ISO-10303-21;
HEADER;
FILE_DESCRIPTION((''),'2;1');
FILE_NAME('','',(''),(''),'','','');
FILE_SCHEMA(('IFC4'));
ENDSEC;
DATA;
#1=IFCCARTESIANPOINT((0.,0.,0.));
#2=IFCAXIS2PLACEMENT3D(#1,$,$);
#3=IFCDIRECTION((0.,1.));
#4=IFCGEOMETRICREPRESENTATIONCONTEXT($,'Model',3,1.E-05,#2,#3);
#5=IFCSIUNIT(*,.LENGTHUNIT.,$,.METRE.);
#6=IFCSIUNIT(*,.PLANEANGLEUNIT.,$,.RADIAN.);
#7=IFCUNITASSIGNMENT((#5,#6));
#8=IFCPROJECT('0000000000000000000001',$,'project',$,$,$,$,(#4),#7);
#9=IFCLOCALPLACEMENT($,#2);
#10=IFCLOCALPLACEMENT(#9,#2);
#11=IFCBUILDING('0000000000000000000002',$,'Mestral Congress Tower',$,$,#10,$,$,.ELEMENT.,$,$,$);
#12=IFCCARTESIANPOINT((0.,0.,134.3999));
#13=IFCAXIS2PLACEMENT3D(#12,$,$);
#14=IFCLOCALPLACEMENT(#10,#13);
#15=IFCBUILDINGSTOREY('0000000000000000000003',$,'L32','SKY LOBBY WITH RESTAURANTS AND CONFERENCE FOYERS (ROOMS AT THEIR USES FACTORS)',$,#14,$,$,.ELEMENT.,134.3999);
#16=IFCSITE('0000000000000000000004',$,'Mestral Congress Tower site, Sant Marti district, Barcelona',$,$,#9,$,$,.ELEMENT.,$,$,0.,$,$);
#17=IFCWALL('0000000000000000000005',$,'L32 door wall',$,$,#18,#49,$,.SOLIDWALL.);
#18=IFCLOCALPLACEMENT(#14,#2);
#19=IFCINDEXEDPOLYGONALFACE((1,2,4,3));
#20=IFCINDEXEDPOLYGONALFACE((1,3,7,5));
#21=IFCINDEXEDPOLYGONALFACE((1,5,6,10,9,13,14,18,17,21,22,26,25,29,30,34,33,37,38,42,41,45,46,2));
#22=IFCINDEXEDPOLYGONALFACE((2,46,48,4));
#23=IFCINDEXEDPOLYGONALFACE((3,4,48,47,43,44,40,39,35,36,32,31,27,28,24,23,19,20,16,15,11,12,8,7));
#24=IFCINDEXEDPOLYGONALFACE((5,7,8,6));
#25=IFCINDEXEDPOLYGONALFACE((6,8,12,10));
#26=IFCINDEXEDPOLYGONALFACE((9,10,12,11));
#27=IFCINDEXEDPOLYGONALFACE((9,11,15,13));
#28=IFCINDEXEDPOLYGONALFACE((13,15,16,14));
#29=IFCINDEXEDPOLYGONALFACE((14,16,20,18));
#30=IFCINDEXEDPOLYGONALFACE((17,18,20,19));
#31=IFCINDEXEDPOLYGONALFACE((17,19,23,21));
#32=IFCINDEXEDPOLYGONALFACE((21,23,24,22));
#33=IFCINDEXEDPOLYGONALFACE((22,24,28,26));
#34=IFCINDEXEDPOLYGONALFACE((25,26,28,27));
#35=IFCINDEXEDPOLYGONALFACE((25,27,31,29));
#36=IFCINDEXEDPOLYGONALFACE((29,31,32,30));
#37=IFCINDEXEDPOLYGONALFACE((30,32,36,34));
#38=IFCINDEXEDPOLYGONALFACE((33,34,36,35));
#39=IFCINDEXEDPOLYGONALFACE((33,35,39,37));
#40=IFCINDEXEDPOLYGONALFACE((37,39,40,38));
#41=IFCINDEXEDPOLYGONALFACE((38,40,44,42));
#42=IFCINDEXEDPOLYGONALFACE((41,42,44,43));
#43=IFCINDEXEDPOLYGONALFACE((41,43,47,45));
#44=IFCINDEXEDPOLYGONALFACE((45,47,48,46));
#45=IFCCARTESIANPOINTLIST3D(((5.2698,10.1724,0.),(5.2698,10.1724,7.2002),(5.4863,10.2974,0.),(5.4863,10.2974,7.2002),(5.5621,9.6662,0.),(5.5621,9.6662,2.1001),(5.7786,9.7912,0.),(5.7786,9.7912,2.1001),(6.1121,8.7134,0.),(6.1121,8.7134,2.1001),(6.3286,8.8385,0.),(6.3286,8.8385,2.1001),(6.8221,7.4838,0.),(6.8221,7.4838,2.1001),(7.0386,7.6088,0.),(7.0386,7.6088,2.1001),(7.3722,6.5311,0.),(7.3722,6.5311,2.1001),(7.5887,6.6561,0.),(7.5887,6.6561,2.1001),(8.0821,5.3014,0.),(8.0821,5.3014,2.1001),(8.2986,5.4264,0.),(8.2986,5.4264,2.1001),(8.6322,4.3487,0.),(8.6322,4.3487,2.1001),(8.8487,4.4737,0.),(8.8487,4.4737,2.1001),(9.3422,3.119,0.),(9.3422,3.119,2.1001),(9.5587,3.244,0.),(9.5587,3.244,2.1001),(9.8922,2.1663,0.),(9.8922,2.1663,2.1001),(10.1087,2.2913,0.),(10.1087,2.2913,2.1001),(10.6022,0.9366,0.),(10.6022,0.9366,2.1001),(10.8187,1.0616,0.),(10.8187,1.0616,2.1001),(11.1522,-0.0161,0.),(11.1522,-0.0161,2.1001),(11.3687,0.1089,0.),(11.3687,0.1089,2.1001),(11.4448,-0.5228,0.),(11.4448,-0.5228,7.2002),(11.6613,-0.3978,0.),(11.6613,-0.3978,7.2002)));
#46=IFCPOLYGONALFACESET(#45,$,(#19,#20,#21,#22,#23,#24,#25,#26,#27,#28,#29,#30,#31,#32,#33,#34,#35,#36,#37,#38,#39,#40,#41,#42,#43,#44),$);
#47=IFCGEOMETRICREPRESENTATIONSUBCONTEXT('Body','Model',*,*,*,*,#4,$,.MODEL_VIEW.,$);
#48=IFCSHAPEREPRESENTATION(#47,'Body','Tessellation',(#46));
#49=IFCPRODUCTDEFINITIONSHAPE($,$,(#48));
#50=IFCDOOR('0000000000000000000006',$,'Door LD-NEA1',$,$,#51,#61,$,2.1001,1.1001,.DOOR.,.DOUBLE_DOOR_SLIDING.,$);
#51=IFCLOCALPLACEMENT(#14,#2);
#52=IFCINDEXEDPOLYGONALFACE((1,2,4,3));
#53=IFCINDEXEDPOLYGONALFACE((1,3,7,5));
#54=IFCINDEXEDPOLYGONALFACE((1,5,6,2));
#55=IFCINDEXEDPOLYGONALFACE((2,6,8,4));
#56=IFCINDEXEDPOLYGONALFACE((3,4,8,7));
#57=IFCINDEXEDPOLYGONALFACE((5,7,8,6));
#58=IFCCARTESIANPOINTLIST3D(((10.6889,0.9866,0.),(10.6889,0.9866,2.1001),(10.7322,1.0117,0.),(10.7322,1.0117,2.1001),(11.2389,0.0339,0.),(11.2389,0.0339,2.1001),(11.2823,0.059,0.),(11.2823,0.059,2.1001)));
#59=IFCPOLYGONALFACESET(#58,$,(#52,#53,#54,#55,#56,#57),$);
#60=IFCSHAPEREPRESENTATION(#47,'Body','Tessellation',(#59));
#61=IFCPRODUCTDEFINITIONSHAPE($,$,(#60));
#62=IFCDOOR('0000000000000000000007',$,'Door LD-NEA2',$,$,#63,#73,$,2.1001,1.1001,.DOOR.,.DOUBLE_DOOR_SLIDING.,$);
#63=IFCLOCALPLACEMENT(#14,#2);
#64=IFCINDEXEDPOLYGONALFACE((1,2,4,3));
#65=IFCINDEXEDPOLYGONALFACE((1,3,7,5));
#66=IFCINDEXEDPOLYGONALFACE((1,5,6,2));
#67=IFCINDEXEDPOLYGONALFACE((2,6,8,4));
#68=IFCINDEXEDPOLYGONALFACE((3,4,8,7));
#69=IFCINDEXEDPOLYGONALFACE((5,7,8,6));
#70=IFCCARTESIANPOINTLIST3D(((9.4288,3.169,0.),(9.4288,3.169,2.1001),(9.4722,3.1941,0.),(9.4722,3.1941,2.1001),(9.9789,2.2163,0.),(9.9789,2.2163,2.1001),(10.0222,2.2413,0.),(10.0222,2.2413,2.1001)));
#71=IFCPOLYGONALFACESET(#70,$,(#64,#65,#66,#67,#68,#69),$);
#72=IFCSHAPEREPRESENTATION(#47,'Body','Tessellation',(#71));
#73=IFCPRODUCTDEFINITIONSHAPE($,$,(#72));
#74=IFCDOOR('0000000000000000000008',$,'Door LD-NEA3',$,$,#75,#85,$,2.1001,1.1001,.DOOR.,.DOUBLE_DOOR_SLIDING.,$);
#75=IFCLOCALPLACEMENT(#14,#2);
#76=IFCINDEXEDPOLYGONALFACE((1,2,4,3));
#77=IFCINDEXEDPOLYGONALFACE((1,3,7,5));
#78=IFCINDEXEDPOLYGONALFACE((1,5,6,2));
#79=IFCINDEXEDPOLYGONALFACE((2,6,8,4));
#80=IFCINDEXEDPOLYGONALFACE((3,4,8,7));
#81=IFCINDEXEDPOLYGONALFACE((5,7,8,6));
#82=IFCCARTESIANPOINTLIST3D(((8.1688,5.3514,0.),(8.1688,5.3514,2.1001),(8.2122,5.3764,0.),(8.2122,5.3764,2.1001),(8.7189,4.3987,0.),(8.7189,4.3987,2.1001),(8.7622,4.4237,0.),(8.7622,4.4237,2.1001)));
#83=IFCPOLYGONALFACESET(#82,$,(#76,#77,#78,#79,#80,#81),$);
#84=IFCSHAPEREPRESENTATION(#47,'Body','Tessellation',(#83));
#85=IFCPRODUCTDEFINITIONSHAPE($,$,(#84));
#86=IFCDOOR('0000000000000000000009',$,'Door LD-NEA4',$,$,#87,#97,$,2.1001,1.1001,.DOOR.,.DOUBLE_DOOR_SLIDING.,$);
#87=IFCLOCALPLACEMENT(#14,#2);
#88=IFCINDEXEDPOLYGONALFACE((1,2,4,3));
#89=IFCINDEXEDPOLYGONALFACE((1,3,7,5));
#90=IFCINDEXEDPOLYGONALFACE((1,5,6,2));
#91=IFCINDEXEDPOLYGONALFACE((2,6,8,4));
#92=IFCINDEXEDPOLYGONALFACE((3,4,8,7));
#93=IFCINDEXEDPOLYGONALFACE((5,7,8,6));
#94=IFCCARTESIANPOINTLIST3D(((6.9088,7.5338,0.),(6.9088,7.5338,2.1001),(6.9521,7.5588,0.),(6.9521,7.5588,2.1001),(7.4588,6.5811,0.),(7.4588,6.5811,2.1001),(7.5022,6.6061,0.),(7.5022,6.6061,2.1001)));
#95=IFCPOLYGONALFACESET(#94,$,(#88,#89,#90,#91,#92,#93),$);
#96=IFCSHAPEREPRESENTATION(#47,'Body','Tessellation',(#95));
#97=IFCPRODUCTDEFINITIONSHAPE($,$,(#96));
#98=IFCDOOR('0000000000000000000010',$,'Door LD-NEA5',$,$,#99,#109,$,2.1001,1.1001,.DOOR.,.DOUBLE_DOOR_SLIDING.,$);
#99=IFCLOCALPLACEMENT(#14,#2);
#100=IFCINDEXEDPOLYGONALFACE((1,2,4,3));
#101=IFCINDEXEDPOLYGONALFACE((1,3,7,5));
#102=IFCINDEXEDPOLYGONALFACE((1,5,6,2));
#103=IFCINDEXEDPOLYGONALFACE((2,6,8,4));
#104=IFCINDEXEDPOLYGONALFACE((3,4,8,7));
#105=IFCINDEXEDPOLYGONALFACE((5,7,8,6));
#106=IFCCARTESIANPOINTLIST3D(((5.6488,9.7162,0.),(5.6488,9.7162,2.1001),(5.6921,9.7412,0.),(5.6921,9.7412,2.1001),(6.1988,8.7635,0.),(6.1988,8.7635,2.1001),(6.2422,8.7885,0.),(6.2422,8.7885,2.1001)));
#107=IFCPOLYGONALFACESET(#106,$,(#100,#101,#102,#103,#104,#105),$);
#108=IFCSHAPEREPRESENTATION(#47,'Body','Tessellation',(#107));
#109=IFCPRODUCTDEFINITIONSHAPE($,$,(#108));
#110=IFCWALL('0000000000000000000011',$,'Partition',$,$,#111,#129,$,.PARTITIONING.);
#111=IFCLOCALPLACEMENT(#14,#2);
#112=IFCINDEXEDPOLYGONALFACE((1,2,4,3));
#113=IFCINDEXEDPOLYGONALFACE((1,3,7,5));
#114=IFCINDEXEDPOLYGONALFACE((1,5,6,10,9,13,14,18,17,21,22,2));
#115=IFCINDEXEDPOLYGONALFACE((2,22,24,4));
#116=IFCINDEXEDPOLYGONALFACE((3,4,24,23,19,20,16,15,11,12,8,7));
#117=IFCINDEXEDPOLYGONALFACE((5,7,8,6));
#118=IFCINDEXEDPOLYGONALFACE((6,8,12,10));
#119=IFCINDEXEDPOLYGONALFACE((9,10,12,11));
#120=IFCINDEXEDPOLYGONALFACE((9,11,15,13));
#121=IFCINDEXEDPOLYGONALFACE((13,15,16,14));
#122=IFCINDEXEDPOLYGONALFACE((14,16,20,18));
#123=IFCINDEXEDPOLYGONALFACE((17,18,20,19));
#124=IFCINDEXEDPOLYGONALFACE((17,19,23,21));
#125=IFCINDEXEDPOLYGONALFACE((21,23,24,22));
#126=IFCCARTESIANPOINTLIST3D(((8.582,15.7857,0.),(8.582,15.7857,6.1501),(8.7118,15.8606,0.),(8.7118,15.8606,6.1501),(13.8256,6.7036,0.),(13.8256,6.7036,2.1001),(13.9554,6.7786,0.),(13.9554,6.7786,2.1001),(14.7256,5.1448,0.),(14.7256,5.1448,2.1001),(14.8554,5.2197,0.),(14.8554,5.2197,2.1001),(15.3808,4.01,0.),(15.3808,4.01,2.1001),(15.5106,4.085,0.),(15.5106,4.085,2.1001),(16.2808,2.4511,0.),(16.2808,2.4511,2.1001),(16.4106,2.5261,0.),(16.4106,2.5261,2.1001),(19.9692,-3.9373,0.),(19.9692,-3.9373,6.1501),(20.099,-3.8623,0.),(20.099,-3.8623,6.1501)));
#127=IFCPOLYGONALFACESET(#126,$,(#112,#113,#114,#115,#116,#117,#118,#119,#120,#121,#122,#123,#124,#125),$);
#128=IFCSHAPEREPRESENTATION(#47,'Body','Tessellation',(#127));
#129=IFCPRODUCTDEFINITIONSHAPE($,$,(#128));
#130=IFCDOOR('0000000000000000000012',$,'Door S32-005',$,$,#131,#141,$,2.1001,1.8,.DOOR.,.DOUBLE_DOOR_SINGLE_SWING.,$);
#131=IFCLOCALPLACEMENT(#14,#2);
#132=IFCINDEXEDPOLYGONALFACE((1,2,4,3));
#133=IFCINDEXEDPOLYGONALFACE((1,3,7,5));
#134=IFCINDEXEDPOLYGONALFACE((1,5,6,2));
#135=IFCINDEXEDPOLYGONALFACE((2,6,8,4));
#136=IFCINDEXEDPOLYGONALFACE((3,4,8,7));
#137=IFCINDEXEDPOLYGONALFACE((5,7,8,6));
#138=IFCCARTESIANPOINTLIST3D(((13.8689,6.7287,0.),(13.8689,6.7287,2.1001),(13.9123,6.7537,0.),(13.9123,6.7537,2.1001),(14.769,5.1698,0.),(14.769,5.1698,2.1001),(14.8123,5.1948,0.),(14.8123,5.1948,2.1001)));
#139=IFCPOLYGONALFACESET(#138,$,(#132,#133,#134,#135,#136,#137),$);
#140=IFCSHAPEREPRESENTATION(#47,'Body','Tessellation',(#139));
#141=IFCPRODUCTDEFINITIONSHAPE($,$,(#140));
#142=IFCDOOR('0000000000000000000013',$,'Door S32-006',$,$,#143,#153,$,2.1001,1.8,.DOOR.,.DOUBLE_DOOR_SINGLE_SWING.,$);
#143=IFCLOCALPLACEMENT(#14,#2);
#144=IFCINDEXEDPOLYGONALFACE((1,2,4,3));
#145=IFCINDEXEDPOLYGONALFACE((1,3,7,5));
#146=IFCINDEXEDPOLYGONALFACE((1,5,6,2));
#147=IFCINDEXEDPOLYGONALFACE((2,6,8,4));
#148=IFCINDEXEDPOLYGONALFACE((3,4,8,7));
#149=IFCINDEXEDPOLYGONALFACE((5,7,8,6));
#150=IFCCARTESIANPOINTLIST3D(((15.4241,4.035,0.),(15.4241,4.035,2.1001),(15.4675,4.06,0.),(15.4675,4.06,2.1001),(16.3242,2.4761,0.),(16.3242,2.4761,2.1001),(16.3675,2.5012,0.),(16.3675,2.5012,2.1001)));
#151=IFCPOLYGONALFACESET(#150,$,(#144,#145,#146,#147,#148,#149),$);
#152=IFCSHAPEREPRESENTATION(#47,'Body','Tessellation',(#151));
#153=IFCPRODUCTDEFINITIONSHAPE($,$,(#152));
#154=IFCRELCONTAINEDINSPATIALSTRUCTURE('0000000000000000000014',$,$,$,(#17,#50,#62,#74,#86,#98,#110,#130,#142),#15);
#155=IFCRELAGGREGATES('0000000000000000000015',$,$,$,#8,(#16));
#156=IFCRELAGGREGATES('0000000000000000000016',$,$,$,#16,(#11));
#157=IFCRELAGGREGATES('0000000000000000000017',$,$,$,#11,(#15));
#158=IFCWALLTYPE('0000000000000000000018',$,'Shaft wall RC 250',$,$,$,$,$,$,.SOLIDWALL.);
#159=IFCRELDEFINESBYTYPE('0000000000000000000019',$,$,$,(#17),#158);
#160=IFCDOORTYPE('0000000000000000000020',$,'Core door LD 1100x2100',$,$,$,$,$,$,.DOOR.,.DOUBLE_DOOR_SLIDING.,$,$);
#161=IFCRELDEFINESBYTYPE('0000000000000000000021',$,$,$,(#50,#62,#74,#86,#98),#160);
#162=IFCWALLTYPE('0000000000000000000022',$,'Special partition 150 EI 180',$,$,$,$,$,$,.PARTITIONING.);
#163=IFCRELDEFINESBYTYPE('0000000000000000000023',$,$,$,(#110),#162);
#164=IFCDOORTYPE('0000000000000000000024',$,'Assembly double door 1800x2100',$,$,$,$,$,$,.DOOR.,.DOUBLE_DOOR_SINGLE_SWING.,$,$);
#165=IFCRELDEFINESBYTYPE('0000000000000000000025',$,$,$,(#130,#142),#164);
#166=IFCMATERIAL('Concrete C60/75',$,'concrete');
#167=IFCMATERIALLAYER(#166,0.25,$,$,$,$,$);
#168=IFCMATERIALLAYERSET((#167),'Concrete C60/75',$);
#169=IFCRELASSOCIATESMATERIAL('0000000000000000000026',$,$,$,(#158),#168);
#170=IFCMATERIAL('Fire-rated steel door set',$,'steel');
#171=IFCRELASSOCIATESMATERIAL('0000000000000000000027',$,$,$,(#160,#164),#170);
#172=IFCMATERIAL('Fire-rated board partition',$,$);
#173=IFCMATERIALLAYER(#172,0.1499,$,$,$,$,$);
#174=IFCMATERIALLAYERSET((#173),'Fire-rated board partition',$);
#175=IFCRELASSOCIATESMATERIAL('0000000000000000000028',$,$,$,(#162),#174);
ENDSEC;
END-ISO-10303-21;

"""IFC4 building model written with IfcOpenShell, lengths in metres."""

from ifc_helpers import new_model, si_unit, direction, frame, frame_2d, origin, place, context, subcontext, project, spatial, rectangle, extrude, material, layer, layer_set, type_object, element, fill, save


model = new_model("IFC4")

# Units and contexts
model_context = context("Model", 3, precision=1e-05, world=origin(), true_north=direction((0.0, 1.0)))
body_context = subcontext(model_context, "Body", "Model", "MODEL_VIEW")
ifc_project = project(units=[si_unit("LENGTHUNIT", "METRE"), si_unit("PLANEANGLEUNIT", "RADIAN")], contexts=[model_context])

# Site, building, storey
site_placement = place(None, origin())
site = spatial("IfcSite", under=ifc_project, at=site_placement, Name="Mestral Congress Tower site, Sant Marti district, Barcelona", CompositionType="ELEMENT", RefElevation=0.0)
building_placement = place(site_placement, origin())
building = spatial("IfcBuilding", under=site, at=building_placement, Name="Mestral Congress Tower", CompositionType="ELEMENT")
storey_placement = place(building_placement, frame((0.0, 0.0, 134.3999)))
storey = spatial("IfcBuildingStorey", under=building, at=storey_placement, Name="L32", Description="SKY LOBBY WITH RESTAURANTS AND CONFERENCE FOYERS (ROOMS AT THEIR USES FACTORS)", CompositionType="ELEMENT", Elevation=134.3999)

# Shared definitions
ifc_material_1 = material(Name="Fire-rated board partition")

# Shared definitions
ifc_material_2 = material(Name="Fire-rated steel door set", Category="steel")
ifc_material_3 = material(Name="Concrete C60/75", Category="concrete")

# Shared definitions
ifc_layer_1 = layer(ifc_material_3, 0.25)
ifc_layer_set_1 = layer_set([ifc_layer_1], Name="Concrete C60/75")
wall_type_1 = type_object("IfcWallType", Name="Shaft wall RC 250", PredefinedType="SOLIDWALL", material=ifc_layer_set_1)

# Walls, openings, doors
wall_1_placement = place(storey_placement, frame((11.553, -0.4602, 0.0), z_axis=(0.0, 0.0, 1.0), x_axis=(-0.500007, 0.866022, 0.0)))
wall_1 = element("IfcWall", 1, at=wall_1_placement, inside=storey, type_object=wall_type_1, Name="L32 door wall", PredefinedType="SOLIDWALL", context=body_context, shape_type="SweptSolid", body=[
    extrude(rectangle(XDim=12.3499, YDim=0.25, at=frame_2d((6.1748, 0.0))), origin(), (0.0, 0.0, 1.0), 7.2002),
])
opening_1_placement = place(wall_1_placement, frame((0.585, 0.0, 0.0)))
opening_1 = element("IfcOpeningElement", 2, at=opening_1_placement, cuts=wall_1, PredefinedType="OPENING", context=body_context, shape_type="SweptSolid", body=[
    extrude(rectangle(XDim=1.1001, YDim=2.1001, at=frame_2d((0.55, 1.05))), frame((0.0, 0.135, 0.0), z_axis=(0.0, -1.0, 0.0), x_axis=(1.0, 0.0, 0.0)), (0.0, 0.0, 1.0), 0.27),
])
opening_2_placement = place(wall_1_placement, frame((3.105, 0.0, 0.0)))
opening_2 = element("IfcOpeningElement", 3, at=opening_2_placement, cuts=wall_1, PredefinedType="OPENING", context=body_context, shape_type="SweptSolid", body=[
    extrude(rectangle(XDim=1.1001, YDim=2.1001, at=frame_2d((0.55, 1.05))), frame((0.0, 0.135, 0.0), z_axis=(0.0, -1.0, 0.0), x_axis=(1.0, 0.0, 0.0)), (0.0, 0.0, 1.0), 0.27),
])
opening_3_placement = place(wall_1_placement, frame((5.625, 0.0, 0.0)))
opening_3 = element("IfcOpeningElement", 4, at=opening_3_placement, cuts=wall_1, PredefinedType="OPENING", context=body_context, shape_type="SweptSolid", body=[
    extrude(rectangle(XDim=1.1001, YDim=2.1001, at=frame_2d((0.55, 1.05))), frame((0.0, 0.135, 0.0), z_axis=(0.0, -1.0, 0.0), x_axis=(1.0, 0.0, 0.0)), (0.0, 0.0, 1.0), 0.27),
])
opening_4_placement = place(wall_1_placement, frame((8.145, 0.0, 0.0)))
opening_4 = element("IfcOpeningElement", 5, at=opening_4_placement, cuts=wall_1, PredefinedType="OPENING", context=body_context, shape_type="SweptSolid", body=[
    extrude(rectangle(XDim=1.1001, YDim=2.1001, at=frame_2d((0.55, 1.05))), frame((0.0, 0.135, 0.0), z_axis=(0.0, -1.0, 0.0), x_axis=(1.0, 0.0, 0.0)), (0.0, 0.0, 1.0), 0.27),
])
opening_5_placement = place(wall_1_placement, frame((10.665, 0.0, 0.0)))
opening_5 = element("IfcOpeningElement", 6, at=opening_5_placement, cuts=wall_1, PredefinedType="OPENING", context=body_context, shape_type="SweptSolid", body=[
    extrude(rectangle(XDim=1.1001, YDim=2.1001, at=frame_2d((0.55, 1.05))), frame((0.0, 0.135, 0.0), z_axis=(0.0, -1.0, 0.0), x_axis=(1.0, 0.0, 0.0)), (0.0, 0.0, 1.0), 0.27),
])
door_type_1 = type_object("IfcDoorType", Name="Core door LD 1100x2100", OperationType="DOUBLE_DOOR_SLIDING", PredefinedType="DOOR", material=ifc_material_2)
door_1_placement = place(opening_1_placement, origin())
door_1 = element("IfcDoor", 7, at=door_1_placement, inside=storey, type_object=door_type_1, Name="Door LD-NEA1", OperationType="DOUBLE_DOOR_SLIDING", OverallHeight=2.1001, OverallWidth=1.1001, PredefinedType="DOOR", context=body_context, shape_type="SweptSolid", body=[
    extrude(rectangle(XDim=1.1001, YDim=2.1001, at=frame_2d((0.55, 1.05))), frame((0.0, 0.0249, 0.0), z_axis=(0.0, -1.0, 0.0), x_axis=(1.0, 0.0, 0.0)), (0.0, 0.0, 1.0), 0.05),
])
fill(opening_1, door_1)
door_2_placement = place(opening_2_placement, origin())
door_2 = element("IfcDoor", 8, at=door_2_placement, inside=storey, type_object=door_type_1, Name="Door LD-NEA2", OperationType="DOUBLE_DOOR_SLIDING", OverallHeight=2.1001, OverallWidth=1.1001, PredefinedType="DOOR", context=body_context, shape_type="SweptSolid", body=[
    extrude(rectangle(XDim=1.1001, YDim=2.1001, at=frame_2d((0.55, 1.05))), frame((0.0, 0.0249, 0.0), z_axis=(0.0, -1.0, 0.0), x_axis=(1.0, 0.0, 0.0)), (0.0, 0.0, 1.0), 0.05),
])
fill(opening_2, door_2)
door_3_placement = place(opening_3_placement, origin())
door_3 = element("IfcDoor", 9, at=door_3_placement, inside=storey, type_object=door_type_1, Name="Door LD-NEA3", OperationType="DOUBLE_DOOR_SLIDING", OverallHeight=2.1001, OverallWidth=1.1001, PredefinedType="DOOR", context=body_context, shape_type="SweptSolid", body=[
    extrude(rectangle(XDim=1.1001, YDim=2.1001, at=frame_2d((0.55, 1.05))), frame((0.0, 0.0249, 0.0), z_axis=(0.0, -1.0, 0.0), x_axis=(1.0, 0.0, 0.0)), (0.0, 0.0, 1.0), 0.05),
])
fill(opening_3, door_3)
door_4_placement = place(opening_4_placement, origin())
door_4 = element("IfcDoor", 10, at=door_4_placement, inside=storey, type_object=door_type_1, Name="Door LD-NEA4", OperationType="DOUBLE_DOOR_SLIDING", OverallHeight=2.1001, OverallWidth=1.1001, PredefinedType="DOOR", context=body_context, shape_type="SweptSolid", body=[
    extrude(rectangle(XDim=1.1001, YDim=2.1001, at=frame_2d((0.55, 1.05))), frame((0.0, 0.0249, 0.0), z_axis=(0.0, -1.0, 0.0), x_axis=(1.0, 0.0, 0.0)), (0.0, 0.0, 1.0), 0.05),
])
fill(opening_4, door_4)
door_5_placement = place(opening_5_placement, origin())
door_5 = element("IfcDoor", 11, at=door_5_placement, inside=storey, type_object=door_type_1, Name="Door LD-NEA5", OperationType="DOUBLE_DOOR_SLIDING", OverallHeight=2.1001, OverallWidth=1.1001, PredefinedType="DOOR", context=body_context, shape_type="SweptSolid", body=[
    extrude(rectangle(XDim=1.1001, YDim=2.1001, at=frame_2d((0.55, 1.05))), frame((0.0, 0.0249, 0.0), z_axis=(0.0, -1.0, 0.0), x_axis=(1.0, 0.0, 0.0)), (0.0, 0.0, 1.0), 0.05),
])
fill(opening_5, door_5)
ifc_layer_2 = layer(ifc_material_1, 0.1499)
ifc_layer_set_2 = layer_set([ifc_layer_2], Name="Fire-rated board partition")
wall_type_2 = type_object("IfcWallType", Name="Special partition 150 EI 180", PredefinedType="PARTITIONING", material=ifc_layer_set_2)
wall_2_placement = place(storey_placement, frame((20.0342, -3.8999, 0.0), z_axis=(0.0, 0.0, 1.0), x_axis=(-0.500006, 0.866022, 0.0)))
wall_2 = element("IfcWall", 12, at=wall_2_placement, inside=storey, type_object=wall_type_2, Name="Partition", PredefinedType="PARTITIONING", context=body_context, shape_type="SweptSolid", body=[
    extrude(rectangle(XDim=22.7742, YDim=0.1499, at=frame_2d((11.3872, 0.0))), origin(), (0.0, 0.0, 1.0), 6.1501),
])
opening_6_placement = place(wall_2_placement, frame((10.4873, 0.0, 0.0)))
opening_6 = element("IfcOpeningElement", 13, at=opening_6_placement, cuts=wall_2, PredefinedType="OPENING", context=body_context, shape_type="SweptSolid", body=[
    extrude(rectangle(XDim=1.8, YDim=2.1001, at=frame_2d((0.8999, 1.05))), frame((0.0, 0.085, 0.0), z_axis=(0.0, -1.0, 0.0), x_axis=(1.0, 0.0, 0.0)), (0.0, 0.0, 1.0), 0.1699),
])
opening_7_placement = place(wall_2_placement, frame((7.377, 0.0, 0.0)))
opening_7 = element("IfcOpeningElement", 14, at=opening_7_placement, cuts=wall_2, PredefinedType="OPENING", context=body_context, shape_type="SweptSolid", body=[
    extrude(rectangle(XDim=1.8, YDim=2.1001, at=frame_2d((0.8999, 1.05))), frame((0.0, 0.085, 0.0), z_axis=(0.0, -1.0, 0.0), x_axis=(1.0, 0.0, 0.0)), (0.0, 0.0, 1.0), 0.1699),
])
door_type_2 = type_object("IfcDoorType", Name="Assembly double door 1800x2100", OperationType="DOUBLE_DOOR_SINGLE_SWING", PredefinedType="DOOR", material=ifc_material_2)
door_6_placement = place(opening_6_placement, origin())
door_6 = element("IfcDoor", 15, at=door_6_placement, inside=storey, type_object=door_type_2, Name="Door S32-005", OperationType="DOUBLE_DOOR_SINGLE_SWING", OverallHeight=2.1001, OverallWidth=1.8, PredefinedType="DOOR", context=body_context, shape_type="SweptSolid", body=[
    extrude(rectangle(XDim=1.8, YDim=2.1001, at=frame_2d((0.8999, 1.05))), frame((0.0, 0.0249, 0.0), z_axis=(0.0, -1.0, 0.0), x_axis=(1.0, 0.0, 0.0)), (0.0, 0.0, 1.0), 0.05),
])
fill(opening_6, door_6)
door_7_placement = place(opening_7_placement, origin())
door_7 = element("IfcDoor", 16, at=door_7_placement, inside=storey, type_object=door_type_2, Name="Door S32-006", OperationType="DOUBLE_DOOR_SINGLE_SWING", OverallHeight=2.1001, OverallWidth=1.8, PredefinedType="DOOR", context=body_context, shape_type="SweptSolid", body=[
    extrude(rectangle(XDim=1.8, YDim=2.1001, at=frame_2d((0.8999, 1.05))), frame((0.0, 0.0249, 0.0), z_axis=(0.0, -1.0, 0.0), x_axis=(1.0, 0.0, 0.0)), (0.0, 0.0, 1.0), 0.05),
])
fill(opening_7, door_7)

save(model, "model.ifc")
